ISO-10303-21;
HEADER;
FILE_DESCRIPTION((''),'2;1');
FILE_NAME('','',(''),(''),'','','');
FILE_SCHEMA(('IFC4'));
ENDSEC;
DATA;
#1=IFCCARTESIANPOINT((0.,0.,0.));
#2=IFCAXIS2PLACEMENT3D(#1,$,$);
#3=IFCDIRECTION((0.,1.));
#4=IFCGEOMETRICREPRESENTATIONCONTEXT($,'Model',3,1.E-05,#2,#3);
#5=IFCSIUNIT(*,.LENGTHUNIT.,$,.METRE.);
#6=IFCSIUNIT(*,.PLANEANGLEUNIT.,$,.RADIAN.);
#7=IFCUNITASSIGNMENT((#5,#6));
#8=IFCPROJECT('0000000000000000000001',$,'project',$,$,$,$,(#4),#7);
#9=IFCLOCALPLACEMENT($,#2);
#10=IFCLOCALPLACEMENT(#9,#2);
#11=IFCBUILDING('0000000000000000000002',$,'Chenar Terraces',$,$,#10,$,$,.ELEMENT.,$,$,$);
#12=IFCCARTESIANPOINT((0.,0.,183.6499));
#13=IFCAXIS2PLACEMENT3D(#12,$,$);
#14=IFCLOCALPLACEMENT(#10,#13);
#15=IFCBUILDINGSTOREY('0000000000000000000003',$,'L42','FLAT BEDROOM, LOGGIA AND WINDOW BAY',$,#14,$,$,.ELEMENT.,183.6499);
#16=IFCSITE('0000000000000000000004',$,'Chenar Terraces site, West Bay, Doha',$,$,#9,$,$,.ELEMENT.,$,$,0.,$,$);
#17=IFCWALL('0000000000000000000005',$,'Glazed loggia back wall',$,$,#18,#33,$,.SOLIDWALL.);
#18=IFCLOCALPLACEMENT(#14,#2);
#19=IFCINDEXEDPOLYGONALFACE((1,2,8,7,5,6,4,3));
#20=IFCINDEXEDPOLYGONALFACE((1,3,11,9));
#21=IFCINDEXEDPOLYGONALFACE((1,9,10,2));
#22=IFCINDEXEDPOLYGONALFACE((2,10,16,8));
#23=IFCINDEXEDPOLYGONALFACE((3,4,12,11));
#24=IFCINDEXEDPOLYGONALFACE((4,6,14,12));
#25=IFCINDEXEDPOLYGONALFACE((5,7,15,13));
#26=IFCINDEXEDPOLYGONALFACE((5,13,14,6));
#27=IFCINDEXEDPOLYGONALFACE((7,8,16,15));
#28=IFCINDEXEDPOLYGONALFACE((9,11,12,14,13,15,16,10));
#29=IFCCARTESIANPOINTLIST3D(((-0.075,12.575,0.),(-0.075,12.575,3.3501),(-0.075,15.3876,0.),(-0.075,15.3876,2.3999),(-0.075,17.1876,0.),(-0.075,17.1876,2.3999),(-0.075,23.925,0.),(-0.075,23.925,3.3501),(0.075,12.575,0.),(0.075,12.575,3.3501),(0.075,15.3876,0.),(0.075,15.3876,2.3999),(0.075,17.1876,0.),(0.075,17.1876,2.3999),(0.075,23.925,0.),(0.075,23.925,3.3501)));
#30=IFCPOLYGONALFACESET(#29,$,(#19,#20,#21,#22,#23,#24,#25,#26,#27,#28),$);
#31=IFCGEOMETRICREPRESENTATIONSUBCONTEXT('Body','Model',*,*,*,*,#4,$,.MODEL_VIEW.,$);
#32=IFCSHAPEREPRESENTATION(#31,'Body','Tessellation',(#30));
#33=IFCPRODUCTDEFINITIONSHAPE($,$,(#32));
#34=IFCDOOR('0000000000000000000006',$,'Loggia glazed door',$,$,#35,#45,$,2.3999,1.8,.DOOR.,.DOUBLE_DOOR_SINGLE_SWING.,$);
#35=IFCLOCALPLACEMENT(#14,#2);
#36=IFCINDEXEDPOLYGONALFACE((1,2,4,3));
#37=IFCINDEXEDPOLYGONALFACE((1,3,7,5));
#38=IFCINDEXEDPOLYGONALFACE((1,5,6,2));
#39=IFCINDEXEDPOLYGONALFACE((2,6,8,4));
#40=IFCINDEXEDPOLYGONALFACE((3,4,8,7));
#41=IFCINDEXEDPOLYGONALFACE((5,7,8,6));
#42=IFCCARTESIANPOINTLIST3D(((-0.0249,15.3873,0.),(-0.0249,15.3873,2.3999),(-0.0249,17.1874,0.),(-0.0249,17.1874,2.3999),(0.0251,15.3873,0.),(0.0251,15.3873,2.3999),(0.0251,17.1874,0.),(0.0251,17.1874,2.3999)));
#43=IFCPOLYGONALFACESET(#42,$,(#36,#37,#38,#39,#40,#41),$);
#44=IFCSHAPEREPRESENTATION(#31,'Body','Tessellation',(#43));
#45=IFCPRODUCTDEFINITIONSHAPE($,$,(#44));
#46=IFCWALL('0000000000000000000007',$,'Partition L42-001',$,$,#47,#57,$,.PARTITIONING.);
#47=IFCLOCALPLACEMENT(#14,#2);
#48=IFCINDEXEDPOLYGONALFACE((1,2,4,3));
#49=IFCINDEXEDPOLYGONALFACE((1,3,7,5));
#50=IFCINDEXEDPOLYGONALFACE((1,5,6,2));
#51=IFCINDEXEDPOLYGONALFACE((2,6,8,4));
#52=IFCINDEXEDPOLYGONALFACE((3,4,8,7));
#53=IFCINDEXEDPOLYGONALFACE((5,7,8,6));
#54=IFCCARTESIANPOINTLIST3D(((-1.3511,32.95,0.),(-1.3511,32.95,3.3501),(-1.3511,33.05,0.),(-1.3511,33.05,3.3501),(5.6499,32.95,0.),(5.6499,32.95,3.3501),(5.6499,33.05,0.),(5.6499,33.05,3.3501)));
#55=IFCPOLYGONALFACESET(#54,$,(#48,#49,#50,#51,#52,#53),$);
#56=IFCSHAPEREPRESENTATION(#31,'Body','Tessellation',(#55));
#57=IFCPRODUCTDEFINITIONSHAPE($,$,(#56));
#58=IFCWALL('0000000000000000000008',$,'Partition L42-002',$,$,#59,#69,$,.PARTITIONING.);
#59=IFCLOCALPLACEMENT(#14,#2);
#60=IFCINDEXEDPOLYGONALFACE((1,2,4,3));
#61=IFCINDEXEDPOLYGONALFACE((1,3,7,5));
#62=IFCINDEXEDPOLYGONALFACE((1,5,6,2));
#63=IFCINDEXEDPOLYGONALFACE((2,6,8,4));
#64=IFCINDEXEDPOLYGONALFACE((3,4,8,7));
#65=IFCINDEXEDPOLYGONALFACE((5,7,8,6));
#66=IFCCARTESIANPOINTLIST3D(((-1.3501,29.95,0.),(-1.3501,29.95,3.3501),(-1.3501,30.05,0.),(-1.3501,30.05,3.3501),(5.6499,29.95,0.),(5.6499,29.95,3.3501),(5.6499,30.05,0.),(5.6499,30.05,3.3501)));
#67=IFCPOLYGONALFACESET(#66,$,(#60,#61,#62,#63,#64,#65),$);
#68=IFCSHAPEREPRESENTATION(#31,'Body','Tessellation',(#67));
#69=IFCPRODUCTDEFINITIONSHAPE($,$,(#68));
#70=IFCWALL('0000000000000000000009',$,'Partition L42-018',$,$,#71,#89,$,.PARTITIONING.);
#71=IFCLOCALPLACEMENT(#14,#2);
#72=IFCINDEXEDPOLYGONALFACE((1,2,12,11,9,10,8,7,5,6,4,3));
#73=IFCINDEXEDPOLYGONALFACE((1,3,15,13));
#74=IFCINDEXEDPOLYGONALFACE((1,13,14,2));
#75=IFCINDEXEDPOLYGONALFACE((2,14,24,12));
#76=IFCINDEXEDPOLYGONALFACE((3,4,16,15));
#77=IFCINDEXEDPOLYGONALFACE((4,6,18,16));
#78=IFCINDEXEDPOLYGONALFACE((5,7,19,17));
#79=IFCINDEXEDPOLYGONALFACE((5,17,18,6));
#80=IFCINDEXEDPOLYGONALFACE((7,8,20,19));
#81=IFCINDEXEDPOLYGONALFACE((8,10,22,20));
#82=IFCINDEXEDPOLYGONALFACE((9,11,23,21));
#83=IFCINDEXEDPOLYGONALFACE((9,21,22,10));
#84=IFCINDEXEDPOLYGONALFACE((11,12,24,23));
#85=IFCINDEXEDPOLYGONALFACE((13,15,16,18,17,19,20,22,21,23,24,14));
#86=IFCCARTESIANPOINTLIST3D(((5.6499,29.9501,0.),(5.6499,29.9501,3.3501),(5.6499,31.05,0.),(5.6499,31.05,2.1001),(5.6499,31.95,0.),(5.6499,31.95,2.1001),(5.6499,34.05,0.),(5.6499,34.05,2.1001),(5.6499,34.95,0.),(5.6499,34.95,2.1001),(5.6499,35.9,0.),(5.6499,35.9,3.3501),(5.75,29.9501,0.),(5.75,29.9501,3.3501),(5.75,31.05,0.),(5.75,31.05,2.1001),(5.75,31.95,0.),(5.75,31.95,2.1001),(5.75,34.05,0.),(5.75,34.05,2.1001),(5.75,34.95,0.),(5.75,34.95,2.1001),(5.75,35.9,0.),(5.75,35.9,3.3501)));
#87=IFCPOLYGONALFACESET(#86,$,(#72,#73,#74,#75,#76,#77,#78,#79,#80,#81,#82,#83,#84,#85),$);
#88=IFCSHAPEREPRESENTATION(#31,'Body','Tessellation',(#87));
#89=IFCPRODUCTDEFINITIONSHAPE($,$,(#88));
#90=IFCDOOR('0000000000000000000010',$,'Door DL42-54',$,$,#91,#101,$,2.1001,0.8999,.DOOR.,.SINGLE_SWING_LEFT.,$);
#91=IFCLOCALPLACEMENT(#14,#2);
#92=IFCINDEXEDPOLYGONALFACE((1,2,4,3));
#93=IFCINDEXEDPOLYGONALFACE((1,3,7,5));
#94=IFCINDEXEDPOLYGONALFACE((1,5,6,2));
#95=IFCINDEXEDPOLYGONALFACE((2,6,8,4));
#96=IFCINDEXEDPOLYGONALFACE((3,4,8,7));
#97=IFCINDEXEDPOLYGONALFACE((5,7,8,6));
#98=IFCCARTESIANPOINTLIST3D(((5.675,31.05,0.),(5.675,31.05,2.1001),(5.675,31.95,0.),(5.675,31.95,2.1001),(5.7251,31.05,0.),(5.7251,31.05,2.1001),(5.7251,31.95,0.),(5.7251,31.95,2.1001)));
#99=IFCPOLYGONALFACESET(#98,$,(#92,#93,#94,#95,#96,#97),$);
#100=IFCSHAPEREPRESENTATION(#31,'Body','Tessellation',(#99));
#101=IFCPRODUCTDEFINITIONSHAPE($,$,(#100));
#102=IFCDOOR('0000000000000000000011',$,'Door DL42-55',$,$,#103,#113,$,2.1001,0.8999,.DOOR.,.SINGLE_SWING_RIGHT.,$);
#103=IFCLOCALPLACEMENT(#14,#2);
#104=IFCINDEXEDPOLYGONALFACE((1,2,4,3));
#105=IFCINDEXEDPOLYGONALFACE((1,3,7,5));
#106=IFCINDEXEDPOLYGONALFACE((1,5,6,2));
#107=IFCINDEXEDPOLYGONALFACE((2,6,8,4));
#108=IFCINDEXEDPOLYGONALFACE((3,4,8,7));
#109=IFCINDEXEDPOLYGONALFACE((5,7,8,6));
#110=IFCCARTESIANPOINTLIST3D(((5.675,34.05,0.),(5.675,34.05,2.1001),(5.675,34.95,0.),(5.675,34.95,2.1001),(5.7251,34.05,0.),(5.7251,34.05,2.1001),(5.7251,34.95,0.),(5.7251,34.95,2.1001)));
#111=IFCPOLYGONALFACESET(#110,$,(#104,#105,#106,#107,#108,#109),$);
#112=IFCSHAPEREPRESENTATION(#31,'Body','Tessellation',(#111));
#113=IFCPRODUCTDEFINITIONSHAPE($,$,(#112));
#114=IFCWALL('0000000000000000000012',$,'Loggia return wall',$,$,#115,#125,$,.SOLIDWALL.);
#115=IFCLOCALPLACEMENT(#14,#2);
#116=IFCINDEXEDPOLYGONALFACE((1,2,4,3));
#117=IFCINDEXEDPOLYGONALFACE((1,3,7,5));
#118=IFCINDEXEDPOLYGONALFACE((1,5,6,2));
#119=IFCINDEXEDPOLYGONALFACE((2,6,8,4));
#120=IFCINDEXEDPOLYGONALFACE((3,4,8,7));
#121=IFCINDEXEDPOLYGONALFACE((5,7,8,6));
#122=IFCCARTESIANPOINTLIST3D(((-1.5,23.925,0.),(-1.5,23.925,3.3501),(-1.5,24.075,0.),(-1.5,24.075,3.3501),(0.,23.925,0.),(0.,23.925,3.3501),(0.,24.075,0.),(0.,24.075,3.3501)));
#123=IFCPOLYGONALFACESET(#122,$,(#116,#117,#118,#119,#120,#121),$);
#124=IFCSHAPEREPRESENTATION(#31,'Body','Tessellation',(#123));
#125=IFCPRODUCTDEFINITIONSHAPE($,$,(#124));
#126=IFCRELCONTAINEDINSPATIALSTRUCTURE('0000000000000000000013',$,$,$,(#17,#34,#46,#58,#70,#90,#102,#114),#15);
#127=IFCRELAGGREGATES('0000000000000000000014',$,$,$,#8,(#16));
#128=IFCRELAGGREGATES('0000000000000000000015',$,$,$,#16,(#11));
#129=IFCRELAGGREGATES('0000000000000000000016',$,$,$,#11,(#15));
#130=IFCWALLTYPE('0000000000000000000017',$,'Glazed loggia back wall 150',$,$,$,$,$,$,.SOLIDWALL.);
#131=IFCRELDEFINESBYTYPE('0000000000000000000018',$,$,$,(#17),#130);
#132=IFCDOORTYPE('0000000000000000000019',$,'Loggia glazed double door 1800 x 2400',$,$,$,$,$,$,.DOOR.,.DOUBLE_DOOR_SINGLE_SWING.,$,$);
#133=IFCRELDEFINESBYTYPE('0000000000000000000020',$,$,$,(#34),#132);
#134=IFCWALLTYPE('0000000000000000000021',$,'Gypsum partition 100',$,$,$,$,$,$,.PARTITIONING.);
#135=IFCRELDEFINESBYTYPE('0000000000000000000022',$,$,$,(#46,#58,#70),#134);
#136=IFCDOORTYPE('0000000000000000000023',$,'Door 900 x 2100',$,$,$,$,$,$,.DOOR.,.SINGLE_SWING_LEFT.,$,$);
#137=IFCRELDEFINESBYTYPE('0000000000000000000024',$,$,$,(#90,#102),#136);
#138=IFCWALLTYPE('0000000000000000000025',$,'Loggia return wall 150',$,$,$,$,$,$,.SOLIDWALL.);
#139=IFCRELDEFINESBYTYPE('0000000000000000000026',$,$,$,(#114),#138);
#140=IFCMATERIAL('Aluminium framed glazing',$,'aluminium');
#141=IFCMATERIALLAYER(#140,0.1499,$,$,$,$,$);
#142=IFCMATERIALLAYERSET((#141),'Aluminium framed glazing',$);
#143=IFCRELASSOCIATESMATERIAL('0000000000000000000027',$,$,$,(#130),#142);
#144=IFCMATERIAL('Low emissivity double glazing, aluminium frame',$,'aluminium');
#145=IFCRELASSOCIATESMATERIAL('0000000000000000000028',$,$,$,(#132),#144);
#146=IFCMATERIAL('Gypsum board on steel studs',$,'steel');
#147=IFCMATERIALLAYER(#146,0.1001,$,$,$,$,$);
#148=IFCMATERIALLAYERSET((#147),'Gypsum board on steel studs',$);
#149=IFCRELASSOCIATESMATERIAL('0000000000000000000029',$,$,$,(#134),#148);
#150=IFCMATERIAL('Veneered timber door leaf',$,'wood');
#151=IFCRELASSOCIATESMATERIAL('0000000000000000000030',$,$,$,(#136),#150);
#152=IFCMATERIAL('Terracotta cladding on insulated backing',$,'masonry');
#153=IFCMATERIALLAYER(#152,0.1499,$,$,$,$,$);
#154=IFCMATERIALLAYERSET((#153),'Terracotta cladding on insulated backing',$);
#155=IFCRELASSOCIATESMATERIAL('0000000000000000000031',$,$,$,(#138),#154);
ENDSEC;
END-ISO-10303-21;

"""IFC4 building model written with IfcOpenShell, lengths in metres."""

from ifc_helpers import new_model, si_unit, direction, frame, frame_2d, origin, place, context, subcontext, project, spatial, rectangle, extrude, material, layer, layer_set, type_object, element, fill, save


model = new_model("IFC4")

# Units and contexts
model_context = context("Model", 3, precision=1e-05, world=origin(), true_north=direction((0.0, 1.0)))
body_context = subcontext(model_context, "Body", "Model", "MODEL_VIEW")
ifc_project = project(units=[si_unit("LENGTHUNIT", "METRE"), si_unit("PLANEANGLEUNIT", "RADIAN")], contexts=[model_context])

# Site, building, storey
site_placement = place(None, origin())
site = spatial("IfcSite", under=ifc_project, at=site_placement, Name="Chenar Terraces site, West Bay, Doha", CompositionType="ELEMENT", RefElevation=0.0)
building_placement = place(site_placement, origin())
building = spatial("IfcBuilding", under=site, at=building_placement, Name="Chenar Terraces", CompositionType="ELEMENT")
storey_placement = place(building_placement, frame((0.0, 0.0, 183.6499)))
storey = spatial("IfcBuildingStorey", under=building, at=storey_placement, Name="L42", Description="FLAT BEDROOM, LOGGIA AND WINDOW BAY", CompositionType="ELEMENT", Elevation=183.6499)

# Wall, opening, door
ifc_material_1 = material(Name="Aluminium framed glazing", Category="aluminium")
ifc_layer_1 = layer(ifc_material_1, 0.1499)
ifc_layer_set_1 = layer_set([ifc_layer_1], Name="Aluminium framed glazing")
wall_type_1 = type_object("IfcWallType", Name="Glazed loggia back wall 150", PredefinedType="SOLIDWALL", material=ifc_layer_set_1)
wall_1_placement = place(storey_placement, frame((0.0, 23.925, 0.0), z_axis=(0.0, 0.0, 1.0), x_axis=(0.0, -1.0, 0.0)))
wall_1 = element("IfcWall", 1, at=wall_1_placement, inside=storey, type_object=wall_type_1, Name="Glazed loggia back wall", PredefinedType="SOLIDWALL", context=body_context, shape_type="SweptSolid", body=[
    extrude(rectangle(XDim=11.3501, YDim=0.1499, at=frame_2d((5.675, 0.0))), origin(), (0.0, 0.0, 1.0), 3.3501),
])
opening_1_placement = place(wall_1_placement, frame((6.7375, 0.0, 0.0)))
opening_1 = element("IfcOpeningElement", 2, at=opening_1_placement, cuts=wall_1, PredefinedType="OPENING", context=body_context, shape_type="SweptSolid", body=[
    extrude(rectangle(XDim=1.8, YDim=2.3999, at=frame_2d((0.8999, 1.2))), frame((0.0, 0.085, 0.0), z_axis=(0.0, -1.0, 0.0), x_axis=(1.0, 0.0, 0.0)), (0.0, 0.0, 1.0), 0.1699),
])
ifc_material_2 = material(Name="Low emissivity double glazing, aluminium frame", Category="aluminium")
door_type_1 = type_object("IfcDoorType", Name="Loggia glazed double door 1800 x 2400", OperationType="DOUBLE_DOOR_SINGLE_SWING", PredefinedType="DOOR", material=ifc_material_2)
door_1_placement = place(opening_1_placement, frame((1.8, 0.0, 0.0), z_axis=(0.0, 0.0, 1.0), x_axis=(-1.0, 0.0, 0.0)))
door_1 = element("IfcDoor", 3, at=door_1_placement, inside=storey, type_object=door_type_1, Name="Loggia glazed door", OperationType="DOUBLE_DOOR_SINGLE_SWING", OverallHeight=2.3999, OverallWidth=1.8, PredefinedType="DOOR", context=body_context, shape_type="SweptSolid", body=[
    extrude(rectangle(XDim=1.8, YDim=2.3999, at=frame_2d((0.8999, 1.2))), frame((0.0, 0.0249, 0.0), z_axis=(0.0, -1.0, 0.0), x_axis=(1.0, 0.0, 0.0)), (0.0, 0.0, 1.0), 0.05),
])
fill(opening_1, door_1)

# Walls
ifc_material_3 = material(Name="Gypsum board on steel studs", Category="steel")
ifc_layer_2 = layer(ifc_material_3, 0.1001)
ifc_layer_set_2 = layer_set([ifc_layer_2], Name="Gypsum board on steel studs")
wall_type_2 = type_object("IfcWallType", Name="Gypsum partition 100", PredefinedType="PARTITIONING", material=ifc_layer_set_2)
wall_2_placement = place(storey_placement, frame((-1.3511, 33.0, 0.0), z_axis=(0.0, 0.0, 1.0), x_axis=(1.0, 0.0, 0.0)))
element("IfcWall", 4, at=wall_2_placement, inside=storey, type_object=wall_type_2, Name="Partition L42-001", PredefinedType="PARTITIONING", context=body_context, shape_type="SweptSolid", body=[
    extrude(rectangle(XDim=7.001, YDim=0.1001, at=frame_2d((3.5005, 0.0))), origin(), (0.0, 0.0, 1.0), 3.3501),
])
wall_3_placement = place(storey_placement, frame((-1.3501, 30.0, 0.0), z_axis=(0.0, 0.0, 1.0), x_axis=(1.0, 0.0, 0.0)))
element("IfcWall", 5, at=wall_3_placement, inside=storey, type_object=wall_type_2, Name="Partition L42-002", PredefinedType="PARTITIONING", context=body_context, shape_type="SweptSolid", body=[
    extrude(rectangle(XDim=7.0, YDim=0.1001, at=frame_2d((3.5, 0.0))), origin(), (0.0, 0.0, 1.0), 3.3501),
])

# Wall, openings, doors
wall_4_placement = place(storey_placement, frame((5.7, 29.95, 0.0), z_axis=(0.0, 0.0, 1.0), x_axis=(0.0, 1.0, 0.0)))
wall_4 = element("IfcWall", 6, at=wall_4_placement, inside=storey, type_object=wall_type_2, Name="Partition L42-018", PredefinedType="PARTITIONING", context=body_context, shape_type="SweptSolid", body=[
    extrude(rectangle(XDim=5.95, YDim=0.1001, at=frame_2d((2.9751, 0.0))), origin(), (0.0, 0.0, 1.0), 3.3501),
])
opening_2_placement = place(wall_4_placement, frame((1.1001, 0.0, 0.0)))
opening_2 = element("IfcOpeningElement", 7, at=opening_2_placement, cuts=wall_4, PredefinedType="OPENING", context=body_context, shape_type="SweptSolid", body=[
    extrude(rectangle(XDim=0.8999, YDim=2.1001, at=frame_2d((0.45, 1.05))), frame((0.0, 0.0601, 0.0), z_axis=(0.0, -1.0, 0.0), x_axis=(1.0, 0.0, 0.0)), (0.0, 0.0, 1.0), 0.1201),
])
opening_3_placement = place(wall_4_placement, frame((4.1001, 0.0, 0.0)))
opening_3 = element("IfcOpeningElement", 8, at=opening_3_placement, cuts=wall_4, PredefinedType="OPENING", context=body_context, shape_type="SweptSolid", body=[
    extrude(rectangle(XDim=0.8999, YDim=2.1001, at=frame_2d((0.45, 1.05))), frame((0.0, 0.0601, 0.0), z_axis=(0.0, -1.0, 0.0), x_axis=(1.0, 0.0, 0.0)), (0.0, 0.0, 1.0), 0.1201),
])
ifc_material_4 = material(Name="Veneered timber door leaf", Category="wood")
door_type_2 = type_object("IfcDoorType", Name="Door 900 x 2100", OperationType="SINGLE_SWING_LEFT", PredefinedType="DOOR", material=ifc_material_4)
door_2_placement = place(opening_2_placement, origin())
door_2 = element("IfcDoor", 9, at=door_2_placement, inside=storey, type_object=door_type_2, Name="Door DL42-54", OperationType="SINGLE_SWING_LEFT", OverallHeight=2.1001, OverallWidth=0.8999, PredefinedType="DOOR", context=body_context, shape_type="SweptSolid", body=[
    extrude(rectangle(XDim=0.8999, YDim=2.1001, at=frame_2d((0.45, 1.05))), frame((0.0, 0.0249, 0.0), z_axis=(0.0, -1.0, 0.0), x_axis=(1.0, 0.0, 0.0)), (0.0, 0.0, 1.0), 0.05),
])
fill(opening_2, door_2)
door_3_placement = place(opening_3_placement, origin())
door_3 = element("IfcDoor", 10, at=door_3_placement, inside=storey, type_object=door_type_2, Name="Door DL42-55", OperationType="SINGLE_SWING_RIGHT", OverallHeight=2.1001, OverallWidth=0.8999, PredefinedType="DOOR", context=body_context, shape_type="SweptSolid", body=[
    extrude(rectangle(XDim=0.8999, YDim=2.1001, at=frame_2d((0.45, 1.05))), frame((0.0, 0.0249, 0.0), z_axis=(0.0, -1.0, 0.0), x_axis=(1.0, 0.0, 0.0)), (0.0, 0.0, 1.0), 0.05),
])
fill(opening_3, door_3)

# Wall
ifc_material_5 = material(Name="Terracotta cladding on insulated backing", Category="masonry")
ifc_layer_3 = layer(ifc_material_5, 0.1499)
ifc_layer_set_3 = layer_set([ifc_layer_3], Name="Terracotta cladding on insulated backing")
wall_type_3 = type_object("IfcWallType", Name="Loggia return wall 150", PredefinedType="SOLIDWALL", material=ifc_layer_set_3)
wall_5_placement = place(storey_placement, frame((-1.5, 24.0, 0.0), z_axis=(0.0, 0.0, 1.0), x_axis=(1.0, 0.0, 0.0)))
element("IfcWall", 11, at=wall_5_placement, inside=storey, type_object=wall_type_3, Name="Loggia return wall", PredefinedType="SOLIDWALL", context=body_context, shape_type="SweptSolid", body=[
    extrude(rectangle(XDim=1.5, YDim=0.1499, at=frame_2d((0.75, 0.0))), origin(), (0.0, 0.0, 1.0), 3.3501),
])

save(model, "model.ifc")
